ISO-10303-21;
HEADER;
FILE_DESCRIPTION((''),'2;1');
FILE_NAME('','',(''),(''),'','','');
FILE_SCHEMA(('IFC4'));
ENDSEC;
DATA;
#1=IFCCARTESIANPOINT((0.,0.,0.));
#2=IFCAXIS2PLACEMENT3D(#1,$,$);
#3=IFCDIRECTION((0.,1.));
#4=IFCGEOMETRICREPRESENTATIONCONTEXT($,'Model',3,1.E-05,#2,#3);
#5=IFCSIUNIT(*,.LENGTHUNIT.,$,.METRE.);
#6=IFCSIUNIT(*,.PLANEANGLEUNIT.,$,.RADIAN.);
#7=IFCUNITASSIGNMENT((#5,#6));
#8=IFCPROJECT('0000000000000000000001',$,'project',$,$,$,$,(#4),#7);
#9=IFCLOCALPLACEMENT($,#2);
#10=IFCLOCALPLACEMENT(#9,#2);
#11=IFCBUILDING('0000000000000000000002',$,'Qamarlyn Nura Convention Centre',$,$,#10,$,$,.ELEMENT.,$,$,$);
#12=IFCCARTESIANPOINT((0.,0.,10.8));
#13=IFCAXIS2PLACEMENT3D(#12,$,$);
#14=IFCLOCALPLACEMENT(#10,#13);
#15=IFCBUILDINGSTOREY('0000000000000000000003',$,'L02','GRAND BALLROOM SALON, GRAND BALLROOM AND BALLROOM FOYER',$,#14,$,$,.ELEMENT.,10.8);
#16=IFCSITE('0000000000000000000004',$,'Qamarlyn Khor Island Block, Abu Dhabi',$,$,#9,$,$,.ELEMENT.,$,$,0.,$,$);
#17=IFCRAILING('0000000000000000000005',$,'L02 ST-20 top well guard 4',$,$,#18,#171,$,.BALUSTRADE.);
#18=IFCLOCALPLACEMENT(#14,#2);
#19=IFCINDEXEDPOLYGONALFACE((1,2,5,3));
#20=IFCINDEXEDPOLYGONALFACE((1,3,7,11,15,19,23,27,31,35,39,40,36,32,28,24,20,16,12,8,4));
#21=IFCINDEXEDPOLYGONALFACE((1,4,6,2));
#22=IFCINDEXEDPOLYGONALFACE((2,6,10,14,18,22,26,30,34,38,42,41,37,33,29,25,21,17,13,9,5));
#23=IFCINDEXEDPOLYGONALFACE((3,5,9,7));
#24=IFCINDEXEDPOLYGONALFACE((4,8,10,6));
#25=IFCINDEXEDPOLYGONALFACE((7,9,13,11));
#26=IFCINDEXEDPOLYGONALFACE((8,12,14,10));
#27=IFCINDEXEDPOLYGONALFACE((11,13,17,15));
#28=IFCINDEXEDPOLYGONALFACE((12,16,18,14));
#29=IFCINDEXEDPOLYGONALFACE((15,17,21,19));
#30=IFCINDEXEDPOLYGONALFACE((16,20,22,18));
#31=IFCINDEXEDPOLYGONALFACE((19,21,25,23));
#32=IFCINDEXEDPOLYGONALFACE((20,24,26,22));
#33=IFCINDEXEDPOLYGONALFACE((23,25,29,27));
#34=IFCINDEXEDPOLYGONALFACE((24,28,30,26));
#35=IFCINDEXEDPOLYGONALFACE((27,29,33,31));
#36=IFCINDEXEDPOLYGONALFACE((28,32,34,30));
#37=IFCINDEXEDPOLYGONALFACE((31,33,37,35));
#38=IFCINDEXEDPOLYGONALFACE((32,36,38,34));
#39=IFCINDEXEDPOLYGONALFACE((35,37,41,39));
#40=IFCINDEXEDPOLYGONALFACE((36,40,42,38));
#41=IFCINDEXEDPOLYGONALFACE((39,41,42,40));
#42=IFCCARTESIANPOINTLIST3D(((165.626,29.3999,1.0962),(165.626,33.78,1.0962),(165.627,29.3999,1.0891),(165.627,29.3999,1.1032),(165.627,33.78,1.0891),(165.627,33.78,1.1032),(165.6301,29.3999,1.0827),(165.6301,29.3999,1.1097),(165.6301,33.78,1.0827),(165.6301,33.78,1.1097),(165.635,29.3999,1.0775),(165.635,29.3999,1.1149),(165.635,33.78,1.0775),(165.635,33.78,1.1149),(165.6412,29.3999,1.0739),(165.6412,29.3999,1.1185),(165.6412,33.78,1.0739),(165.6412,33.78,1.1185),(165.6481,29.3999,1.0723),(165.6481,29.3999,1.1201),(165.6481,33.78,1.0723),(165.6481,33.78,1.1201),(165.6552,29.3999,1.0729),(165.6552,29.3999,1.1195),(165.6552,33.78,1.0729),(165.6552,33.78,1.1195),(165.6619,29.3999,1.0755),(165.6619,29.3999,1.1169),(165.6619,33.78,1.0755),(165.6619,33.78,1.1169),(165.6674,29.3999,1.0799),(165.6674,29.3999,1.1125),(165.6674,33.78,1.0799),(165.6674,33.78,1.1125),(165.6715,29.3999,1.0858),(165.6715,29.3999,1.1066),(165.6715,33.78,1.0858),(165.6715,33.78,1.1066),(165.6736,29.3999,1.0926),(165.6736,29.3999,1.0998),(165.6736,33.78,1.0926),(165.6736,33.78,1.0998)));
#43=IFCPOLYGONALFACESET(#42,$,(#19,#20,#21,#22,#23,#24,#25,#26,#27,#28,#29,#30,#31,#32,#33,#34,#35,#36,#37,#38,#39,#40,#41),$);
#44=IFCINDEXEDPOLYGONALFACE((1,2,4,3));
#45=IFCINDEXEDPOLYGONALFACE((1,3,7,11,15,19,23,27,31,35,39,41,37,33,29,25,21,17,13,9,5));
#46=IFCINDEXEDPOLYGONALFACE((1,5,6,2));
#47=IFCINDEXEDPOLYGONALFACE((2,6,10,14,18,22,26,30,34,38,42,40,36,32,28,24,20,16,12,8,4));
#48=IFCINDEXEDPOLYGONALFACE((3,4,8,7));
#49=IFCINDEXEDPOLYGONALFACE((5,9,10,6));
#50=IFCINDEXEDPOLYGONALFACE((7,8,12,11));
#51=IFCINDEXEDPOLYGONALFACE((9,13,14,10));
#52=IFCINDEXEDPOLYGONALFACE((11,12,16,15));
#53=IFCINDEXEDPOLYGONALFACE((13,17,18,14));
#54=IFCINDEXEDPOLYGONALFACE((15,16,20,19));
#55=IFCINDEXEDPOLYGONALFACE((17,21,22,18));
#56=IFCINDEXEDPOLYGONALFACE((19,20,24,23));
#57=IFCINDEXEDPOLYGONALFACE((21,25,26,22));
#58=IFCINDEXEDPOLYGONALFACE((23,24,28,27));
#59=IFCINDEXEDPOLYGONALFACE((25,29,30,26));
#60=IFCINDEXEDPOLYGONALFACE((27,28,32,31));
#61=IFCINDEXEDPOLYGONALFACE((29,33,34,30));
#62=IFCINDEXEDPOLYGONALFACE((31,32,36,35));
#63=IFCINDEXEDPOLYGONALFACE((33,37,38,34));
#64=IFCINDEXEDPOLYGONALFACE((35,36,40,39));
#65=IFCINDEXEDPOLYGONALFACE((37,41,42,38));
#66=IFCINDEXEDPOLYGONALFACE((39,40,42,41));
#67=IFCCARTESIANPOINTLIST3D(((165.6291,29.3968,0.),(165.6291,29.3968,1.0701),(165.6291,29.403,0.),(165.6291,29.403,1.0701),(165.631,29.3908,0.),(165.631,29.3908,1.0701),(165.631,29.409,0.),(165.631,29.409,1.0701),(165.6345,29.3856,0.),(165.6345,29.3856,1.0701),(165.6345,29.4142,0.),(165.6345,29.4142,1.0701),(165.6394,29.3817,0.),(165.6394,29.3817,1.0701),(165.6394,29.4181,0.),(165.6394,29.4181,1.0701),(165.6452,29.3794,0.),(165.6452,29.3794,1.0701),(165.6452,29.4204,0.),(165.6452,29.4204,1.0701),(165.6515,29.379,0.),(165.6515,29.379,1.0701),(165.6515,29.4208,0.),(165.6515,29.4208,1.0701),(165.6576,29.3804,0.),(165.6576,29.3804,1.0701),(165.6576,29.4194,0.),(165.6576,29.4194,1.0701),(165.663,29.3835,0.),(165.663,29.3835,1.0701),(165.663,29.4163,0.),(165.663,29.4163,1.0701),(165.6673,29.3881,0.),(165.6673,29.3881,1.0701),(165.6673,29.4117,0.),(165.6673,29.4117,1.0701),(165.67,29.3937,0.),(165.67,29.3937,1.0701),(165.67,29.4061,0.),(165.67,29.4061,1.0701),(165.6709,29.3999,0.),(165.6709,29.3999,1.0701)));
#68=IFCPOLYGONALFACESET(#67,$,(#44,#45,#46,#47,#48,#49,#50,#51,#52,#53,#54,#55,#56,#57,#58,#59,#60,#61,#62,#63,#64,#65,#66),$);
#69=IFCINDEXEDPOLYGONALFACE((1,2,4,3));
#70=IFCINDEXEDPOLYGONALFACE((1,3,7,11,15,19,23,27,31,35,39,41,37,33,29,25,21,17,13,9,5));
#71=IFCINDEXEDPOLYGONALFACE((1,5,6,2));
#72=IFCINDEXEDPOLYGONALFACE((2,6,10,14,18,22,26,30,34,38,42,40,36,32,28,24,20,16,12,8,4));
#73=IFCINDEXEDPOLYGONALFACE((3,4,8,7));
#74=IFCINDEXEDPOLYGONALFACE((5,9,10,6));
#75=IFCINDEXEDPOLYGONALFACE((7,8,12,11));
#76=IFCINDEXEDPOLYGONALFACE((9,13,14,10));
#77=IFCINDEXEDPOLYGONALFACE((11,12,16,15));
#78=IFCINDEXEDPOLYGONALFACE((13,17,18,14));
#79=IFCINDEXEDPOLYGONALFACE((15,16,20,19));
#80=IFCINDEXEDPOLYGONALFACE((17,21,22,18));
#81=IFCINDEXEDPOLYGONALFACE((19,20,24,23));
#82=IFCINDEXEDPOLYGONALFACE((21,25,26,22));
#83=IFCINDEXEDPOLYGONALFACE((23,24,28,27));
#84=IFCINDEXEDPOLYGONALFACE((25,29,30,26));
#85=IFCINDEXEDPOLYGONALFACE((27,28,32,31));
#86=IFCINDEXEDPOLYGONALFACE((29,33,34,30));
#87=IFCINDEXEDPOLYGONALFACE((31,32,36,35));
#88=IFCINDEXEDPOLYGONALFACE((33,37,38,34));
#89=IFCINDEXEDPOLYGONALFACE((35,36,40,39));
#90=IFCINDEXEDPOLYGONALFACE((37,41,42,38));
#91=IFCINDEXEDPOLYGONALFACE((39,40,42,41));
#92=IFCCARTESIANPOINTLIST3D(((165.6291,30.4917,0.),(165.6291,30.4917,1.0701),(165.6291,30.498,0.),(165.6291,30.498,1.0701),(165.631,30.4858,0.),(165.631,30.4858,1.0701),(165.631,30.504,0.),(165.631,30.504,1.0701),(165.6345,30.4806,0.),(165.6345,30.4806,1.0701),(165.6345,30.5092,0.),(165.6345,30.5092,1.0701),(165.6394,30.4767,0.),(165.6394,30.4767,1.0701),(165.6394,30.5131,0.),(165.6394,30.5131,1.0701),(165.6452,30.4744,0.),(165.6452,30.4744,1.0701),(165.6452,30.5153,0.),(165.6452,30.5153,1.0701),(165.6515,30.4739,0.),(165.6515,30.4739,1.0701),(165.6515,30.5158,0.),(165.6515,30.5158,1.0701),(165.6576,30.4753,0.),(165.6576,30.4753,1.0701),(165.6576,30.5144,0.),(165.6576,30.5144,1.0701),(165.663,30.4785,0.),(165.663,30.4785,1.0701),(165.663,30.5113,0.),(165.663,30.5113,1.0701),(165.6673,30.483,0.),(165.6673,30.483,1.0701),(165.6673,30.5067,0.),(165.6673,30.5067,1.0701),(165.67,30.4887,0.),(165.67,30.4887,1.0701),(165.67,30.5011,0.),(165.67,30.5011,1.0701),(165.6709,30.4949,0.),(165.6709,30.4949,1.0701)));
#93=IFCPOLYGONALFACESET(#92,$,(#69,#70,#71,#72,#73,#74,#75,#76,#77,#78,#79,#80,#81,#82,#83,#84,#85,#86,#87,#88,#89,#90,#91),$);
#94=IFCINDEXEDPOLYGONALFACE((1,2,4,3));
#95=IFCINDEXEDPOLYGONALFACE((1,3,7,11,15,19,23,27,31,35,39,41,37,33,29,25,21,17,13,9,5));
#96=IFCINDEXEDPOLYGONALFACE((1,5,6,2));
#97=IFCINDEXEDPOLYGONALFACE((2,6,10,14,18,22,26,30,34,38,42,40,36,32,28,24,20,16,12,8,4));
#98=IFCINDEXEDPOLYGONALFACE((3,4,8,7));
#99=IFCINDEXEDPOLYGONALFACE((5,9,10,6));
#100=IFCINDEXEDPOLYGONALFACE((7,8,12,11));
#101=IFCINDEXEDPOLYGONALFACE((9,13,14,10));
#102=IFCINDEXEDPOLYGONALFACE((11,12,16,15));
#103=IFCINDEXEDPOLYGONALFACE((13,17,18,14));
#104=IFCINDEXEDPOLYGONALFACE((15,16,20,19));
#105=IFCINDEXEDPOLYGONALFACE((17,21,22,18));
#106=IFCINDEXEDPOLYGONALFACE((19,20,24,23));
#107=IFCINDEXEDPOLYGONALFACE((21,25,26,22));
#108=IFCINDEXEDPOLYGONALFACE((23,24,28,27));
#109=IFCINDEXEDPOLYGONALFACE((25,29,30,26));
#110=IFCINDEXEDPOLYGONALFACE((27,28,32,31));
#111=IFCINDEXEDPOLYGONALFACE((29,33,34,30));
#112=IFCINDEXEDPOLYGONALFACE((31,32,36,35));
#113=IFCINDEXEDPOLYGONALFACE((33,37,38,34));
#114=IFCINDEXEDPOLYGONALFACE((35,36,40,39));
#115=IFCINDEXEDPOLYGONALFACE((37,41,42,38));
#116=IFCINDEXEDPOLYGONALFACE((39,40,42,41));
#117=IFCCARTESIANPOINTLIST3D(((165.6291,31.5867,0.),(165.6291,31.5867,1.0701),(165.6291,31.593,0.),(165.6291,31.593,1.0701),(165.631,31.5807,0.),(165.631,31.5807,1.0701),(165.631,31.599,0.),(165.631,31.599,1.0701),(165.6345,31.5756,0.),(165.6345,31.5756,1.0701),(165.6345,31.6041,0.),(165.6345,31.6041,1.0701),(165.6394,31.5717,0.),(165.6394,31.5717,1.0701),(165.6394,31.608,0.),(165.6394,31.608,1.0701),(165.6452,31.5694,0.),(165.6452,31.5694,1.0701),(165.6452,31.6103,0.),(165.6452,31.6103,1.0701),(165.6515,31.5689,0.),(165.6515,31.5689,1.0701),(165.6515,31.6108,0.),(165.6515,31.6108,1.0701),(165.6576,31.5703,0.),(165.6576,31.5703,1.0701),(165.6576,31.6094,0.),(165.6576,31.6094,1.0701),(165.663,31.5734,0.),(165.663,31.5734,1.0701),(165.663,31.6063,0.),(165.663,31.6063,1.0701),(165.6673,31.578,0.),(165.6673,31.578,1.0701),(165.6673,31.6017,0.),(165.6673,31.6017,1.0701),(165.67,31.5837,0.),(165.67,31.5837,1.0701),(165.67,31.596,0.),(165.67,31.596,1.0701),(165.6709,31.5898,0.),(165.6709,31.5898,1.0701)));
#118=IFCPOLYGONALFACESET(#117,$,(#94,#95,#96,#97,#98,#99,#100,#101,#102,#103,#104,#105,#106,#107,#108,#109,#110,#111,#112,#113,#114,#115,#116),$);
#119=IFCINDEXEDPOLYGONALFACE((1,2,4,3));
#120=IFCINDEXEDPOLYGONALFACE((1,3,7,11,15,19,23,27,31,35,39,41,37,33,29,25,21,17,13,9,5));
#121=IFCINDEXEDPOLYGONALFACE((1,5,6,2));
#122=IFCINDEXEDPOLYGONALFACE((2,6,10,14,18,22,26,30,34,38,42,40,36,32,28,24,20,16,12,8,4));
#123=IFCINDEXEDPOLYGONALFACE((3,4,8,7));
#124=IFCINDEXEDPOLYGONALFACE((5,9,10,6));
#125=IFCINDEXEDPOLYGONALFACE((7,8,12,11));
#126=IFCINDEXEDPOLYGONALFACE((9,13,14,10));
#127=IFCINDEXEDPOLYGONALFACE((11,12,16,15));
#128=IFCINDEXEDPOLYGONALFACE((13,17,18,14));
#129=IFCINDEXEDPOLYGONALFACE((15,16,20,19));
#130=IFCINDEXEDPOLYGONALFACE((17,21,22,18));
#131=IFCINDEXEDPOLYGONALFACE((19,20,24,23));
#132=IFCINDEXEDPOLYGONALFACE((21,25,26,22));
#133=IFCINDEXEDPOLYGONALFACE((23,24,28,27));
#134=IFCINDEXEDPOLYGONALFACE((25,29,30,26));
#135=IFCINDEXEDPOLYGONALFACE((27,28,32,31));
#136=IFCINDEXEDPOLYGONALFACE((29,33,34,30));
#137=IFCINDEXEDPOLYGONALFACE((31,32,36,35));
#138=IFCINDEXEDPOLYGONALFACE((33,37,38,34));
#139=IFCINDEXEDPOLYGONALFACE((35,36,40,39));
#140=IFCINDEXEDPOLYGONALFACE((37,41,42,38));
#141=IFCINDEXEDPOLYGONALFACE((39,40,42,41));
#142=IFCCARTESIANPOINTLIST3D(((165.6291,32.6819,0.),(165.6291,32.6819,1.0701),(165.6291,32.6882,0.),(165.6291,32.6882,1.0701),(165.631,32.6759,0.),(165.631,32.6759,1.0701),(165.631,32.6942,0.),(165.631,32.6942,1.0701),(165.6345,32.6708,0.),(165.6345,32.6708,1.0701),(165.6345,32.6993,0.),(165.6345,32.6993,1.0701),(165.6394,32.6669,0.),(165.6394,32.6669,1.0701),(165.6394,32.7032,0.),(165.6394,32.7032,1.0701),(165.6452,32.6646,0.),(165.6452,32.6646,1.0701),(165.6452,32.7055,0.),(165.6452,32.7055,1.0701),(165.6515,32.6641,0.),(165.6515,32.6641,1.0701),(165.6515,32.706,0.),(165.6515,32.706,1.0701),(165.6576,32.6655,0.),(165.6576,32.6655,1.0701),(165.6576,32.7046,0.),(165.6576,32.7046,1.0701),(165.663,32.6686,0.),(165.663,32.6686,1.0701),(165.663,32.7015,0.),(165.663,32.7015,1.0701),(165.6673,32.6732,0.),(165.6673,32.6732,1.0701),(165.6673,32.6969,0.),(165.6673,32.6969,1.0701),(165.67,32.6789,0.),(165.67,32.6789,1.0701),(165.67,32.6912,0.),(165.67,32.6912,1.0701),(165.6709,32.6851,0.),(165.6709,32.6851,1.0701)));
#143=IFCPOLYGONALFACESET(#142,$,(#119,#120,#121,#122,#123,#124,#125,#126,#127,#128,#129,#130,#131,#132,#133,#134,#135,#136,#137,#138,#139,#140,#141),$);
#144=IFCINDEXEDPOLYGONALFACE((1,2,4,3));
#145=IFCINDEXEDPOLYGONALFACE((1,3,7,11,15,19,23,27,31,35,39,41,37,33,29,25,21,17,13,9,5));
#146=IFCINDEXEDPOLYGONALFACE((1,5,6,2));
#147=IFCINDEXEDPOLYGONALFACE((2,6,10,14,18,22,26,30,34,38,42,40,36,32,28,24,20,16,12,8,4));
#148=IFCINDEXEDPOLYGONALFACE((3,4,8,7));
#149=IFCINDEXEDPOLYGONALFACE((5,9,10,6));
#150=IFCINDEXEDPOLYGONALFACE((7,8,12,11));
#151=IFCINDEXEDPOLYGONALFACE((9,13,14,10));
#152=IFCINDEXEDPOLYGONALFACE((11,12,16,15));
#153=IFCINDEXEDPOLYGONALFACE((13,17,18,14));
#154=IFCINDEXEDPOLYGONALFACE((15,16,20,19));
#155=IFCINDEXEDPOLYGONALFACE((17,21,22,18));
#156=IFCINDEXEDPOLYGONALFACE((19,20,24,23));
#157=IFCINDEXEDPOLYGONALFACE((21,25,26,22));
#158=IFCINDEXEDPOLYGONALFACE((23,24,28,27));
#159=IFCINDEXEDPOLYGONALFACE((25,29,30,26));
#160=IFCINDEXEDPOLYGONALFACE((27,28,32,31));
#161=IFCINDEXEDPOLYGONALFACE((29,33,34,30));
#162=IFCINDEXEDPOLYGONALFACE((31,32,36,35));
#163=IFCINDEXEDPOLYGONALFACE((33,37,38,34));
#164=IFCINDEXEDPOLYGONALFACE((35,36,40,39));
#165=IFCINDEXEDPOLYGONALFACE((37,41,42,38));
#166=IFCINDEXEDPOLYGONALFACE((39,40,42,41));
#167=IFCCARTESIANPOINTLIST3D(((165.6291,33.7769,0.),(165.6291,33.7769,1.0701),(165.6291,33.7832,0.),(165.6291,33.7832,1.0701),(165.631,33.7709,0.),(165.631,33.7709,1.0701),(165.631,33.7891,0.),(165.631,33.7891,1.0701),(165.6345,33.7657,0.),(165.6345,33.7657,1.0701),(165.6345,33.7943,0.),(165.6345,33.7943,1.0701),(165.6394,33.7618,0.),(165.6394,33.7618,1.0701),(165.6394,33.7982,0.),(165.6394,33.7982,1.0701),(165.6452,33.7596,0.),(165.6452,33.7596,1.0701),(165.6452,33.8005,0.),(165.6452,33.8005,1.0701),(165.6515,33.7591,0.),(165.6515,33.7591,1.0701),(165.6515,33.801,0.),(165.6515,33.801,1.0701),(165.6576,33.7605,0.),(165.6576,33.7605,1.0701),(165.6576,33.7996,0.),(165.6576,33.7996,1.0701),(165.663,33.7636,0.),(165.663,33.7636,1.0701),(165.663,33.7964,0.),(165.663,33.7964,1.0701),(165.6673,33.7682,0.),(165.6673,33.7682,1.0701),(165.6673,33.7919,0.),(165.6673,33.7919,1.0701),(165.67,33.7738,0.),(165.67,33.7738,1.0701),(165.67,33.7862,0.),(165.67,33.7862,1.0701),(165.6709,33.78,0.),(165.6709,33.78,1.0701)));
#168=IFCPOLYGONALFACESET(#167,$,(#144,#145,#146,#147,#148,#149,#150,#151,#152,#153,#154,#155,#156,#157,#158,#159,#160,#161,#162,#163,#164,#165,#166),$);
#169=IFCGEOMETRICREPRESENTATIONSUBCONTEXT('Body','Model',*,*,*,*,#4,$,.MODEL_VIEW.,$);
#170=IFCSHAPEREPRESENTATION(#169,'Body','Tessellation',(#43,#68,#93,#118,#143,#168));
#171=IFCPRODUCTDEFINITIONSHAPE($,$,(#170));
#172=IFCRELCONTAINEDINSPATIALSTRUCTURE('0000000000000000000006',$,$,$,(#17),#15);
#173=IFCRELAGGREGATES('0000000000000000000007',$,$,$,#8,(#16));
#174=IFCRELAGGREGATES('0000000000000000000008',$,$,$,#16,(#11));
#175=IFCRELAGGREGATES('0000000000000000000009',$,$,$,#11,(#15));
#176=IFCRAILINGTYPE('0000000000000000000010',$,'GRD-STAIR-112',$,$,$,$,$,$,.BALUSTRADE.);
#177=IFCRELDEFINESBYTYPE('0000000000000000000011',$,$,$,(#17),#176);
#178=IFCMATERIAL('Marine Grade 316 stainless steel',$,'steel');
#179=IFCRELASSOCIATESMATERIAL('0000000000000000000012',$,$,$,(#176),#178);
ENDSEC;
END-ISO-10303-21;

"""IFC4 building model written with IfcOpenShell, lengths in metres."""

from ifc_helpers import new_model, si_unit, direction, frame, origin, origin_2d, place, context, subcontext, project, spatial, circle, extrude, material, type_object, element, save


model = new_model("IFC4")

# Units and contexts
model_context = context("Model", 3, precision=1e-05, world=origin(), true_north=direction((0.0, 1.0)))
body_context = subcontext(model_context, "Body", "Model", "MODEL_VIEW")
ifc_project = project(units=[si_unit("LENGTHUNIT", "METRE"), si_unit("PLANEANGLEUNIT", "RADIAN")], contexts=[model_context])

# Site, building, storey
site_placement = place(None, origin())
site = spatial("IfcSite", under=ifc_project, at=site_placement, Name="Qamarlyn Khor Island Block, Abu Dhabi", CompositionType="ELEMENT", RefElevation=0.0)
building_placement = place(site_placement, origin())
building = spatial("IfcBuilding", under=site, at=building_placement, Name="Qamarlyn Nura Convention Centre", CompositionType="ELEMENT")
storey_placement = place(building_placement, frame((0.0, 0.0, 10.8)))
storey = spatial("IfcBuildingStorey", under=building, at=storey_placement, Name="L02", Description="GRAND BALLROOM SALON, GRAND BALLROOM AND BALLROOM FOYER", CompositionType="ELEMENT", Elevation=10.8)

# Railing
ifc_material_1 = material(Name="Marine Grade 316 stainless steel", Category="steel")
railing_type = type_object("IfcRailingType", Name="GRD-STAIR-112", PredefinedType="BALUSTRADE", material=ifc_material_1)
railing_placement = place(storey_placement, frame((165.6499, 29.3999, 0.0)))
element("IfcRailing", 1, at=railing_placement, inside=storey, type_object=railing_type, Name="L02 ST-20 top well guard 4", PredefinedType="BALUSTRADE", context=body_context, shape_type="SweptSolid", body=[
    extrude(circle(Radius=0.0239, at=origin_2d()), frame((0.0, 0.0, 1.0962), z_axis=(0.0, 1.0, 0.0), x_axis=(-1.0, 0.0, 0.0)), (0.0, 0.0, 1.0), 4.3801),
    extrude(circle(Radius=0.021, at=origin_2d()), origin(), (0.0, 0.0, 1.0), 1.0701),
    extrude(circle(Radius=0.021, at=origin_2d()), frame((0.0, 1.095, 0.0)), (0.0, 0.0, 1.0), 1.0701),
    extrude(circle(Radius=0.021, at=origin_2d()), frame((0.0, 2.1899, 0.0)), (0.0, 0.0, 1.0), 1.0701),
    extrude(circle(Radius=0.021, at=origin_2d()), frame((0.0, 3.2852, 0.0)), (0.0, 0.0, 1.0), 1.0701),
    extrude(circle(Radius=0.021, at=origin_2d()), frame((0.0, 4.3801, 0.0)), (0.0, 0.0, 1.0), 1.0701),
])

save(model, "model.ifc")
